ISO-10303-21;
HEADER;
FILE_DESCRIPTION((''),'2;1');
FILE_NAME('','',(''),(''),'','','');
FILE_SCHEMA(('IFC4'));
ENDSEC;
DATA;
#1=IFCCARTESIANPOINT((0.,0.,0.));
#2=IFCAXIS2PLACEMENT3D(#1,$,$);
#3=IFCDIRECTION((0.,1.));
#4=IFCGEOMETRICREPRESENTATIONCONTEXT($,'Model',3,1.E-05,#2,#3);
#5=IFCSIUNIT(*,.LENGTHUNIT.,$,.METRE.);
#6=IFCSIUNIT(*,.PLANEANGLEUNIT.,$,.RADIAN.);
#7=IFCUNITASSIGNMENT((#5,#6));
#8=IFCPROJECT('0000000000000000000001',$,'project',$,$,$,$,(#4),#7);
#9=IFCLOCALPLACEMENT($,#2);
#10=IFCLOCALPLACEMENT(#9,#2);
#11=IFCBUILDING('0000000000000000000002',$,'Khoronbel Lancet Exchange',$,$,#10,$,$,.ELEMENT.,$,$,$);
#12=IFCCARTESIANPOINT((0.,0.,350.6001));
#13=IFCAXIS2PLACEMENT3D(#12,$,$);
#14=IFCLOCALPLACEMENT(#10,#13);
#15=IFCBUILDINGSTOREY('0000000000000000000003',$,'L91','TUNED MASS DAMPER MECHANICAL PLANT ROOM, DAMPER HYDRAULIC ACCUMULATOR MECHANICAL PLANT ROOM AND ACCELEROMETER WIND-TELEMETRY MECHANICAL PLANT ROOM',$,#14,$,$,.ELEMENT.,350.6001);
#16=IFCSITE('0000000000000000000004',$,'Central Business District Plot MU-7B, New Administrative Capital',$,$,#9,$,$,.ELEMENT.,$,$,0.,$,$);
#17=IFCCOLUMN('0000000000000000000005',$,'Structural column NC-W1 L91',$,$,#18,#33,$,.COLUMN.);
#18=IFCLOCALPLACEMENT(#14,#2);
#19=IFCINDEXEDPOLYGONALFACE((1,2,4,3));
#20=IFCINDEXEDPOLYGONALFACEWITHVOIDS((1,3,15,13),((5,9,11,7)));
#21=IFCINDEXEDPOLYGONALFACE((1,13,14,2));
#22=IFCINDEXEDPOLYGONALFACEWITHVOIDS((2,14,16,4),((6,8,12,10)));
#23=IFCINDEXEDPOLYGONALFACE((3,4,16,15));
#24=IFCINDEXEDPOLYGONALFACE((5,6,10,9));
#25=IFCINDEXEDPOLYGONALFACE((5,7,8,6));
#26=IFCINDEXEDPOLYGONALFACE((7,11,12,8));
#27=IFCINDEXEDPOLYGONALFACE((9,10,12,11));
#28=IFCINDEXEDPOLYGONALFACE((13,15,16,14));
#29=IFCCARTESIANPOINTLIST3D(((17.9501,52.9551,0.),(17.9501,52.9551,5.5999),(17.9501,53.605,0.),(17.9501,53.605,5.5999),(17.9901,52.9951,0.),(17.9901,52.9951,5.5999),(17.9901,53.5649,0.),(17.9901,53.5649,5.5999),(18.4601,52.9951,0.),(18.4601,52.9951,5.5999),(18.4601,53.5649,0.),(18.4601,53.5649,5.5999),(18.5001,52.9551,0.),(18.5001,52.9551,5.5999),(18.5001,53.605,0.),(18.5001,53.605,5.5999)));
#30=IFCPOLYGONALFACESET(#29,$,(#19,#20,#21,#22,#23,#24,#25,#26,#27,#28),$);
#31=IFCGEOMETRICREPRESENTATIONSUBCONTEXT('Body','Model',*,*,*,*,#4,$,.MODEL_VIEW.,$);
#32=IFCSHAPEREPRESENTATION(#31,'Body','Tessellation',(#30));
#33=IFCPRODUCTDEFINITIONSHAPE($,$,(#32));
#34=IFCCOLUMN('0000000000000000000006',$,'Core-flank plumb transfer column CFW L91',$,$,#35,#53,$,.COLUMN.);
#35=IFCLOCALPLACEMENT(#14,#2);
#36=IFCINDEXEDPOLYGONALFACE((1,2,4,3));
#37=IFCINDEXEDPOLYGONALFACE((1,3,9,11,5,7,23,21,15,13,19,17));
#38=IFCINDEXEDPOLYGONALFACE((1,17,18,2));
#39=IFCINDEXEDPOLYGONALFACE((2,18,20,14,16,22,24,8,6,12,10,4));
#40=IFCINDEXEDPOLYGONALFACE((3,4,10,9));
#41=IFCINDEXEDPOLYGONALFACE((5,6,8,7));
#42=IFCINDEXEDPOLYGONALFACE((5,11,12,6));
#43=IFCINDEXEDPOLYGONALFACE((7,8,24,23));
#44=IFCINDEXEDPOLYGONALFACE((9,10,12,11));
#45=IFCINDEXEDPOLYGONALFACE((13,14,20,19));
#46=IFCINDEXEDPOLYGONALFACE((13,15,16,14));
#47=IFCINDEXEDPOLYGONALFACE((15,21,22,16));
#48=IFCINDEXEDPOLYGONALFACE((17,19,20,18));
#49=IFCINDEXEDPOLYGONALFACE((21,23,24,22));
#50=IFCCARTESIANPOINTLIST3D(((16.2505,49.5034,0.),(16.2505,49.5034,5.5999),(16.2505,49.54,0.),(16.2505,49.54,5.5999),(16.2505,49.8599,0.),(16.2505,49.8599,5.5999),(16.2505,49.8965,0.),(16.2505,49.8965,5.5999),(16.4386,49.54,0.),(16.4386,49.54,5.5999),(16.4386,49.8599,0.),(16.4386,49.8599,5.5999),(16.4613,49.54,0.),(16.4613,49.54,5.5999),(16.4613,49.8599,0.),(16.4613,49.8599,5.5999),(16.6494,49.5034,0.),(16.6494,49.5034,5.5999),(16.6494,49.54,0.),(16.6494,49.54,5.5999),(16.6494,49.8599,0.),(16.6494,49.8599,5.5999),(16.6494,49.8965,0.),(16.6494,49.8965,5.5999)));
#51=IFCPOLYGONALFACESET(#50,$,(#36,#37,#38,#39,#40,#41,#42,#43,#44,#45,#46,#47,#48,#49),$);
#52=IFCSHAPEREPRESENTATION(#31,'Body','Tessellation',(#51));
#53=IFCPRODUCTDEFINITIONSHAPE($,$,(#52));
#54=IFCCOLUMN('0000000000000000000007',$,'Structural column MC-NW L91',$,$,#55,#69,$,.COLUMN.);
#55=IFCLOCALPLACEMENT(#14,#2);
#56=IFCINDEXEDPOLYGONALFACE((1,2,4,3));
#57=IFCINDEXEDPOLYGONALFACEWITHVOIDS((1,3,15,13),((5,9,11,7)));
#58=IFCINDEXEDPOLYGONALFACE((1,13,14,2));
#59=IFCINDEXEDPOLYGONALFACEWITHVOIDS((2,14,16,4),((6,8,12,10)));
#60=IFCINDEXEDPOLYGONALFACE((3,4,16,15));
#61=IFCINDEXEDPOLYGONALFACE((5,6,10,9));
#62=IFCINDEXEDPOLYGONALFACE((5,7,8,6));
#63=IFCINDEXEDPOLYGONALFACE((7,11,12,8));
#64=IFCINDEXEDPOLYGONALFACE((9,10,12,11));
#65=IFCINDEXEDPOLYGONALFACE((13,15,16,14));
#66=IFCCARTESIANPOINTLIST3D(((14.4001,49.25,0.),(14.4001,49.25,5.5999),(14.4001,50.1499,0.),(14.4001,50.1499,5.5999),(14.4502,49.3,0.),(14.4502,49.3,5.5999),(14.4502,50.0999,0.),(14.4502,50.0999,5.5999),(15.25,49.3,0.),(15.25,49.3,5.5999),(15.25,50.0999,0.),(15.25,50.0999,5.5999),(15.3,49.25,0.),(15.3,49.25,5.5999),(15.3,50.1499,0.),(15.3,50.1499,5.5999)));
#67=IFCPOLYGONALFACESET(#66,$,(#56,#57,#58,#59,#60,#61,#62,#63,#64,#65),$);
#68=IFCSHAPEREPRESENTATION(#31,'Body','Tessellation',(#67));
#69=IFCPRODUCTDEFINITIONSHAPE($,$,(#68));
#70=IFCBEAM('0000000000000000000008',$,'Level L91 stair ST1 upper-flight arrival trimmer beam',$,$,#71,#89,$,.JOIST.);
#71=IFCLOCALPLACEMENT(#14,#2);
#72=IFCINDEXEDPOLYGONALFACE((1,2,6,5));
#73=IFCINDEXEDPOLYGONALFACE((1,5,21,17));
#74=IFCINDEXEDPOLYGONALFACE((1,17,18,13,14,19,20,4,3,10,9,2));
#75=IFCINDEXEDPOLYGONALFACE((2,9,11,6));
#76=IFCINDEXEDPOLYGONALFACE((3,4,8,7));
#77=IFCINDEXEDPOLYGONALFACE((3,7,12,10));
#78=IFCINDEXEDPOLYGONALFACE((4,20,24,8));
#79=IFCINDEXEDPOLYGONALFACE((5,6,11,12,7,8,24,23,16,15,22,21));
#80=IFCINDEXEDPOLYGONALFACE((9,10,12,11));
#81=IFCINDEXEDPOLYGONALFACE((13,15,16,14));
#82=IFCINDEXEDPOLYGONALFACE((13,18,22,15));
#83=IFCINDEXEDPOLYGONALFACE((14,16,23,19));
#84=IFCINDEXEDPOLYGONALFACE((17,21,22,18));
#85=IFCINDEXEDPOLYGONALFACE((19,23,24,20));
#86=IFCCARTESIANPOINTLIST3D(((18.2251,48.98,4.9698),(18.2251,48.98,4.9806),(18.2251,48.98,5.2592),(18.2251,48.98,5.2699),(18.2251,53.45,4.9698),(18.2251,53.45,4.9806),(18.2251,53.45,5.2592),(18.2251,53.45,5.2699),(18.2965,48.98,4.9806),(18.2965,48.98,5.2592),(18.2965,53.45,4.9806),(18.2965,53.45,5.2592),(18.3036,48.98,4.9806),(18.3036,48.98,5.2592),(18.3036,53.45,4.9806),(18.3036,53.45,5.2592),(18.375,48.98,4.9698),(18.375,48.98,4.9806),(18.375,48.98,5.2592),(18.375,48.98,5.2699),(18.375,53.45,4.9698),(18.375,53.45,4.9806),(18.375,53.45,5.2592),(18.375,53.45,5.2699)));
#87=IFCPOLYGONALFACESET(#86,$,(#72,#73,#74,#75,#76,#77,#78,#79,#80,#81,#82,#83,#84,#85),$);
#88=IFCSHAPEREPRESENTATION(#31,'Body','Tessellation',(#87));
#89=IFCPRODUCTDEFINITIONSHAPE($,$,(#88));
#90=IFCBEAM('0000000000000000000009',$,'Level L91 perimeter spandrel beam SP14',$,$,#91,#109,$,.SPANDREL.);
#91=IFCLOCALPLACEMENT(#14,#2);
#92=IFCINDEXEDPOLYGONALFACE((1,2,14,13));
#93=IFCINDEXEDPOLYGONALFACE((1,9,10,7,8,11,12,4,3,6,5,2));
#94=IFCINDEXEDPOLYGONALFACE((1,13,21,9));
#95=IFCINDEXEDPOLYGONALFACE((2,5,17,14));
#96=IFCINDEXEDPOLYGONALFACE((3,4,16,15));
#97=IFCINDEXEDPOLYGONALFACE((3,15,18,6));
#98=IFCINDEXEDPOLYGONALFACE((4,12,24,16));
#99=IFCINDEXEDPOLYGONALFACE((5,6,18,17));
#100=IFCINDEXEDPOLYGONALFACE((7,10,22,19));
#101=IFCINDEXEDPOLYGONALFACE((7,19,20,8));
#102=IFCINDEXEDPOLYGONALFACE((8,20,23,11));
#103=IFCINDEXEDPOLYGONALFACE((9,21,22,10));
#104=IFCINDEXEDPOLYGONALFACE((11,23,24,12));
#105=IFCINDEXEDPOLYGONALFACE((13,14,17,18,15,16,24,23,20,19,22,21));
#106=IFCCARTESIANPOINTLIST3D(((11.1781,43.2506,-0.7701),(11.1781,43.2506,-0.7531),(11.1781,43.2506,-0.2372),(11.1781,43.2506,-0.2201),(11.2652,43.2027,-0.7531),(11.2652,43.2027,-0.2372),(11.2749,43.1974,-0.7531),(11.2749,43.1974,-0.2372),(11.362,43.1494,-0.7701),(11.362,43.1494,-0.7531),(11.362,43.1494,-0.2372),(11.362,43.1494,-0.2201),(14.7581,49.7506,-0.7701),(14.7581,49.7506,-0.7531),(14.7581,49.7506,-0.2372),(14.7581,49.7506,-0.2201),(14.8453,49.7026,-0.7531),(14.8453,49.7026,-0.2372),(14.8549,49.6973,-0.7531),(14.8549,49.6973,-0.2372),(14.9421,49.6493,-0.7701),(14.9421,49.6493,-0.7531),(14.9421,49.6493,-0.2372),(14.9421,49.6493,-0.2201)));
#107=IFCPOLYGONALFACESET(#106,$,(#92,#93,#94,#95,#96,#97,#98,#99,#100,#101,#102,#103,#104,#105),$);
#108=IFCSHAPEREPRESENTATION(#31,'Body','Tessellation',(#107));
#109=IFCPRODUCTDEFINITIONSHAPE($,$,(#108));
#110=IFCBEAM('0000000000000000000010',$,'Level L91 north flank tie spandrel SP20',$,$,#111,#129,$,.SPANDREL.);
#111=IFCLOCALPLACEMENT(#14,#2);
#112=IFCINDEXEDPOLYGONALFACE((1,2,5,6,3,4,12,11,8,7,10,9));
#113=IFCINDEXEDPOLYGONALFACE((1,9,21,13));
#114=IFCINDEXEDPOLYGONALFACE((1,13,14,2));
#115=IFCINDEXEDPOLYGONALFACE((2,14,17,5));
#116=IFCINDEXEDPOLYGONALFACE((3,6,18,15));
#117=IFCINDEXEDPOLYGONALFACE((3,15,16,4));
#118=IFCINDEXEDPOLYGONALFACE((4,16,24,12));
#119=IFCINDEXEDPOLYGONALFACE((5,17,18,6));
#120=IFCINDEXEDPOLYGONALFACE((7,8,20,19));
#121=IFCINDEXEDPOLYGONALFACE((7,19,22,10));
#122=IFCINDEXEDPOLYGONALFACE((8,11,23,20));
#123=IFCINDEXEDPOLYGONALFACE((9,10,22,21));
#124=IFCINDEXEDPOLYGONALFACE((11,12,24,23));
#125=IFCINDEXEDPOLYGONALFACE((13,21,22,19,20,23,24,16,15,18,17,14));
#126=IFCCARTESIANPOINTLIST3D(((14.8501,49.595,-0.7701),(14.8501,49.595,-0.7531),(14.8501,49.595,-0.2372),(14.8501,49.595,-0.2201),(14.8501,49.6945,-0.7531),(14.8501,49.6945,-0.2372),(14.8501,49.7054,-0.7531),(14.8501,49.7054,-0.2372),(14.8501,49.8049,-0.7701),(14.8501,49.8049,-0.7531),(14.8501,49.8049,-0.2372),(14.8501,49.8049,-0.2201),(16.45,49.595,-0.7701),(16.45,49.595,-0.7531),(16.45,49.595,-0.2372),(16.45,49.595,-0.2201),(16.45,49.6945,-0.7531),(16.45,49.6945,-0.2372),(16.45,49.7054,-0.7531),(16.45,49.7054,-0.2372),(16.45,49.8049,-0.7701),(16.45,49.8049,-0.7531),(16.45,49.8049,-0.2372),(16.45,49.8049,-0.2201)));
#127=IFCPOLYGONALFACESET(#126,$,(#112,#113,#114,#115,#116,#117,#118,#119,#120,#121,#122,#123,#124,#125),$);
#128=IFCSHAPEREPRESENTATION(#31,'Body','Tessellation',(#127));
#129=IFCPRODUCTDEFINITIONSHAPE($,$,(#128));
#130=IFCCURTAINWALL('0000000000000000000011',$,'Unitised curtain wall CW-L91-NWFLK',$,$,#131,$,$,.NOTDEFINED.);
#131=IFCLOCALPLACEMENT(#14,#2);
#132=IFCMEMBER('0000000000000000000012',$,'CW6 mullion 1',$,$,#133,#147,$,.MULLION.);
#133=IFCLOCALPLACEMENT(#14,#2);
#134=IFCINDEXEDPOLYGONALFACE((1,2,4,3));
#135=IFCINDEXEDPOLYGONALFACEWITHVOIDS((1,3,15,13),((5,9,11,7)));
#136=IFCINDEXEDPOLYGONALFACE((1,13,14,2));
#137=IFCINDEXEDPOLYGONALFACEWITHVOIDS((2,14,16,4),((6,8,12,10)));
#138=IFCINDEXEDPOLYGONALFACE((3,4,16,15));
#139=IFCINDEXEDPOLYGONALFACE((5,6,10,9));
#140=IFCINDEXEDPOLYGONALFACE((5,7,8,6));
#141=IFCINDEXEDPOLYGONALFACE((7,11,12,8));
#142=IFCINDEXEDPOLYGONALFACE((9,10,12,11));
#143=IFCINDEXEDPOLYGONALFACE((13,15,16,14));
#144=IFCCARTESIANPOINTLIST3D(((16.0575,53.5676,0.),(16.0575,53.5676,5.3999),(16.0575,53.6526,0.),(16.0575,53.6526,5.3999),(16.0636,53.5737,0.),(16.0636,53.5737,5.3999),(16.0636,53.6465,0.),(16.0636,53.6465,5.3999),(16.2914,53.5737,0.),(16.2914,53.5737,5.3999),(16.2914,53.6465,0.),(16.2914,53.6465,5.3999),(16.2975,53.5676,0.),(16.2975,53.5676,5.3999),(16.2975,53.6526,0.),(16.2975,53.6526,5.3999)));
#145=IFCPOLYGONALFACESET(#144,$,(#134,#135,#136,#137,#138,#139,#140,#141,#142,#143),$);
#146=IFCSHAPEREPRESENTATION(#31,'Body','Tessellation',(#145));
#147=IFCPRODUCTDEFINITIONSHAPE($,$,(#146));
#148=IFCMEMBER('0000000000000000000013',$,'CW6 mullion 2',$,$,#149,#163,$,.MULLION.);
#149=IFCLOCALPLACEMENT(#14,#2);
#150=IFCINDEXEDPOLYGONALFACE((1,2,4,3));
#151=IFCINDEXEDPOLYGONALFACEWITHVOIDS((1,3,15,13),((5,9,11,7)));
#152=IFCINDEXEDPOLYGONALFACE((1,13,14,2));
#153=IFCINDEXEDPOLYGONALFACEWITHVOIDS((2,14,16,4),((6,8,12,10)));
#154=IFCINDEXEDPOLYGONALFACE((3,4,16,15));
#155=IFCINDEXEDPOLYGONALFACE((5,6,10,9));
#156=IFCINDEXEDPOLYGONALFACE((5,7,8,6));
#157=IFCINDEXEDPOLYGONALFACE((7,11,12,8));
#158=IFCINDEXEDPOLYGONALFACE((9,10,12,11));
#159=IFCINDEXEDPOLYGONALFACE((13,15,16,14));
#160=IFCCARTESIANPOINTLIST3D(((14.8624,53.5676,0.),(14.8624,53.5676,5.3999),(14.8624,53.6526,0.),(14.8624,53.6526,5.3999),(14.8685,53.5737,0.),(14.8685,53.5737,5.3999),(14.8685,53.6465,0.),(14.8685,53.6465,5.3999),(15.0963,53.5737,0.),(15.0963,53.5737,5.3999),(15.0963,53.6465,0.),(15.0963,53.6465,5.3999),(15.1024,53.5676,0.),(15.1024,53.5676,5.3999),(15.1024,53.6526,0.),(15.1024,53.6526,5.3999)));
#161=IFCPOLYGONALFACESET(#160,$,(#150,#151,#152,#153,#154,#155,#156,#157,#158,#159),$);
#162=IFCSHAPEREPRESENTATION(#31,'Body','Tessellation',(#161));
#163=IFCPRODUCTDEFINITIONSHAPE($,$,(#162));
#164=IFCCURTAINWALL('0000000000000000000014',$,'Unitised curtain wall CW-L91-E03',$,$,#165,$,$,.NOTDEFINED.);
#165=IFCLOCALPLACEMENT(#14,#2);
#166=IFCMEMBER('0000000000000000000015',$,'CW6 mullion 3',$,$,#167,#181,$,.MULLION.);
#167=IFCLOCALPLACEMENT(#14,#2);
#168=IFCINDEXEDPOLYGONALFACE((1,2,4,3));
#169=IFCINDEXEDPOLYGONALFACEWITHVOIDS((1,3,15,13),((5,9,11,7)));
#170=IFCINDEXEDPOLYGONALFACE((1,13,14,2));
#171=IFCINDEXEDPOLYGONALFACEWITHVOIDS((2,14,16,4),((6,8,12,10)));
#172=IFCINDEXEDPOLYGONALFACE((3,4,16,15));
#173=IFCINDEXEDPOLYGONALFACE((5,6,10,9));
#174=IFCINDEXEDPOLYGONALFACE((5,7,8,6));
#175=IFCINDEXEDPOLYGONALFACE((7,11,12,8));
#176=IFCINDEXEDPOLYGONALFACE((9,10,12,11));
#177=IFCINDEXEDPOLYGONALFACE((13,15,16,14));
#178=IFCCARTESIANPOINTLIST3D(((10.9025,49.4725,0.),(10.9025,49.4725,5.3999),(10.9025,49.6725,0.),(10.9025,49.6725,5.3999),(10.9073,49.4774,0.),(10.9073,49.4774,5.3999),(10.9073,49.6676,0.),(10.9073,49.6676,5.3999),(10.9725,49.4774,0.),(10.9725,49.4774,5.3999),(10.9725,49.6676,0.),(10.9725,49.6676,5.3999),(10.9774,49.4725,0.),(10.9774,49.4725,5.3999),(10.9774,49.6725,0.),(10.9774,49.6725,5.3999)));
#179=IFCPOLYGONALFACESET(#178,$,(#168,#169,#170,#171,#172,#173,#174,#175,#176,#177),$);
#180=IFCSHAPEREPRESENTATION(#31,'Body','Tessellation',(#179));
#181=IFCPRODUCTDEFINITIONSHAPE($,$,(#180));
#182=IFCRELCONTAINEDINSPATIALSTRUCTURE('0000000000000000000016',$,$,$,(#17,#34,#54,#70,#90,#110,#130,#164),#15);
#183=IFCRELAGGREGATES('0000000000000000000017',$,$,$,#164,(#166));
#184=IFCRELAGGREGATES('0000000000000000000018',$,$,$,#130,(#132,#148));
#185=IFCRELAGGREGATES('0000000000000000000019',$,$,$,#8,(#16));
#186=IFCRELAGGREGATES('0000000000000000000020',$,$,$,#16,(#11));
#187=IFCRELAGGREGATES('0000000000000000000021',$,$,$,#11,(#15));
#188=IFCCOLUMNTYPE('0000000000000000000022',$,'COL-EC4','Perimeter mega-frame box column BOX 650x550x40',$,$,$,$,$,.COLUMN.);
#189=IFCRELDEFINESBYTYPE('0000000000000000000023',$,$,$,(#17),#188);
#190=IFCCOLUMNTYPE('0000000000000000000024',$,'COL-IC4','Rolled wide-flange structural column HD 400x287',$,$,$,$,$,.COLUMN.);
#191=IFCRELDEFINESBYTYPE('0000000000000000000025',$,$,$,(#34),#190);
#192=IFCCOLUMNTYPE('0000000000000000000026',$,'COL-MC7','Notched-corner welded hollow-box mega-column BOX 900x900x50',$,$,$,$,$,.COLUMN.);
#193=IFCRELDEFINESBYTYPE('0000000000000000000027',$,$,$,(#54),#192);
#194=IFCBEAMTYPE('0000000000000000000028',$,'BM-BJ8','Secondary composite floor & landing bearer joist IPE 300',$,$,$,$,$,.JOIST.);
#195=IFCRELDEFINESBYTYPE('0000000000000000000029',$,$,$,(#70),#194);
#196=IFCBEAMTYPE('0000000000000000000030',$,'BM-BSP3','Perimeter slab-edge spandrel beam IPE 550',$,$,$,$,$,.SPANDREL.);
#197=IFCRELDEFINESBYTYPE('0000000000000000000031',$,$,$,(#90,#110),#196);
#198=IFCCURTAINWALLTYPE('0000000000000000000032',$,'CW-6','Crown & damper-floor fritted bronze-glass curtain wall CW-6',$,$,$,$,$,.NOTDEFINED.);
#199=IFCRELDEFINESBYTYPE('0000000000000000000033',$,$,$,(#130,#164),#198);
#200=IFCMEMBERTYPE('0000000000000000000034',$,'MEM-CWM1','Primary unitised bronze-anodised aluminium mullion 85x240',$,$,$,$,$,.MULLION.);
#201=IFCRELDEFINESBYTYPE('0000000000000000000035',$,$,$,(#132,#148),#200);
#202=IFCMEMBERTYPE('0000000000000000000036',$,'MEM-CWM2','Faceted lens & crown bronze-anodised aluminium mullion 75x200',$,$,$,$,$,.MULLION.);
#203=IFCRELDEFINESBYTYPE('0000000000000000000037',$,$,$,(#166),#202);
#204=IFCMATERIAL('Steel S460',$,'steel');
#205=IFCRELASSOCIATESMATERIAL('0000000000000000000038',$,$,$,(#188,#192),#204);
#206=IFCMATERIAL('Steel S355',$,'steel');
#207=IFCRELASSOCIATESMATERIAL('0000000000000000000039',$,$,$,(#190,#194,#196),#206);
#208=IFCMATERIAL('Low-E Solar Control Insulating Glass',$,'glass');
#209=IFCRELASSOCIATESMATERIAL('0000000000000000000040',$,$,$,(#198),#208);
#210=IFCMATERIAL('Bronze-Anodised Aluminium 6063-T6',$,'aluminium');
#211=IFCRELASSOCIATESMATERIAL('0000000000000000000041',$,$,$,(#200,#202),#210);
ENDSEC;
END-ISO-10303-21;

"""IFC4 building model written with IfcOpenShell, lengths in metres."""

from ifc_helpers import new_model, si_unit, direction, frame, origin, origin_2d, place, context, subcontext, project, spatial, hollow_rectangle, i_section, extrude, material, material_profile, profile_set, type_object, element, aggregate, save


model = new_model("IFC4")

# Units and contexts
model_context = context("Model", 3, precision=1e-05, world=origin(), true_north=direction((0.0, 1.0)))
body_context = subcontext(model_context, "Body", "Model", "MODEL_VIEW")
ifc_project = project(units=[si_unit("LENGTHUNIT", "METRE"), si_unit("PLANEANGLEUNIT", "RADIAN")], contexts=[model_context])

# Site, building, storey
site_placement = place(None, origin())
site = spatial("IfcSite", under=ifc_project, at=site_placement, Name="Central Business District Plot MU-7B, New Administrative Capital", CompositionType="ELEMENT", RefElevation=0.0)
building_placement = place(site_placement, origin())
building = spatial("IfcBuilding", under=site, at=building_placement, Name="Khoronbel Lancet Exchange", CompositionType="ELEMENT")
storey_placement = place(building_placement, frame((0.0, 0.0, 350.6001)))
storey = spatial("IfcBuildingStorey", under=building, at=storey_placement, Name="L91", Description="TUNED MASS DAMPER MECHANICAL PLANT ROOM, DAMPER HYDRAULIC ACCUMULATOR MECHANICAL PLANT ROOM AND ACCELEROMETER WIND-TELEMETRY MECHANICAL PLANT ROOM", CompositionType="ELEMENT", Elevation=350.6001)

# Columns
ifc_material_1 = material(Name="Steel S460", Category="steel")
ifc_material_profile_1 = material_profile(ifc_material_1, hollow_rectangle(XDim=0.55, YDim=0.6499, WallThickness=0.04, at=origin_2d()), Name="BOX 650x550x40")
ifc_profile_set_1 = profile_set([ifc_material_profile_1], Name="Steel S460")
column_type_1 = type_object("IfcColumnType", Name="COL-EC4", Description="Perimeter mega-frame box column BOX 650x550x40", PredefinedType="COLUMN", material=ifc_profile_set_1)
column_1_placement = place(storey_placement, frame((18.2251, 53.28, 0.0), z_axis=(0.0, 0.0, 1.0), x_axis=(1.0, 0.0, 0.0)))
element("IfcColumn", 1, at=column_1_placement, inside=storey, type_object=column_type_1, Name="Structural column NC-W1 L91", PredefinedType="COLUMN", context=body_context, shape_type="SweptSolid", body=[
    extrude(hollow_rectangle(XDim=0.55, YDim=0.6499, WallThickness=0.04, at=origin_2d()), origin(), (0.0, 0.0, 1.0), 5.5999),
])
ifc_material_2 = material(Name="Steel S355", Category="steel")
ifc_material_profile_2 = material_profile(ifc_material_2, i_section(OverallWidth=0.3989, OverallDepth=0.3931, WebThickness=0.0227, FlangeThickness=0.0366, at=origin_2d()), Name="HD 400x287")
ifc_profile_set_2 = profile_set([ifc_material_profile_2], Name="Steel S355")
column_type_2 = type_object("IfcColumnType", Name="COL-IC4", Description="Rolled wide-flange structural column HD 400x287", PredefinedType="COLUMN", material=ifc_profile_set_2)
column_2_placement = place(storey_placement, frame((16.45, 49.7, 0.0), z_axis=(0.0, 0.0, 1.0), x_axis=(1.0, 0.0, 0.0)))
element("IfcColumn", 2, at=column_2_placement, inside=storey, type_object=column_type_2, Name="Core-flank plumb transfer column CFW L91", PredefinedType="COLUMN", context=body_context, shape_type="SweptSolid", body=[
    extrude(i_section(OverallWidth=0.3989, OverallDepth=0.3931, WebThickness=0.0227, FlangeThickness=0.0366, at=origin_2d()), origin(), (0.0, 0.0, 1.0), 5.5999),
])
ifc_material_profile_3 = material_profile(ifc_material_1, hollow_rectangle(XDim=0.8999, YDim=0.8999, WallThickness=0.05, at=origin_2d()), Name="BOX 900x900x50")
ifc_profile_set_3 = profile_set([ifc_material_profile_3], Name="Steel S460")
column_type_3 = type_object("IfcColumnType", Name="COL-MC7", Description="Notched-corner welded hollow-box mega-column BOX 900x900x50", PredefinedType="COLUMN", material=ifc_profile_set_3)
column_3_placement = place(storey_placement, frame((14.8501, 49.7, 0.0), z_axis=(0.0, 0.0, 1.0), x_axis=(1.0, 0.0, 0.0)))
element("IfcColumn", 3, at=column_3_placement, inside=storey, type_object=column_type_3, Name="Structural column MC-NW L91", PredefinedType="COLUMN", context=body_context, shape_type="SweptSolid", body=[
    extrude(hollow_rectangle(XDim=0.8999, YDim=0.8999, WallThickness=0.05, at=origin_2d()), origin(), (0.0, 0.0, 1.0), 5.5999),
])

# Beams
ifc_material_profile_4 = material_profile(ifc_material_2, i_section(OverallWidth=0.1499, OverallDepth=0.3, WebThickness=0.0071, FlangeThickness=0.0107, at=origin_2d()), Name="IPE 300")
ifc_profile_set_4 = profile_set([ifc_material_profile_4], Name="Steel S355")
beam_type_1 = type_object("IfcBeamType", Name="BM-BJ8", Description="Secondary composite floor & landing bearer joist IPE 300", PredefinedType="JOIST", material=ifc_profile_set_4)
beam_1_placement = place(storey_placement, frame((18.3, 48.98, 5.1199), z_axis=(0.0, 1.0, 0.0), x_axis=(-1.0, 0.0, 0.0)))
element("IfcBeam", 4, at=beam_1_placement, inside=storey, type_object=beam_type_1, Name="Level L91 stair ST1 upper-flight arrival trimmer beam", PredefinedType="JOIST", context=body_context, shape_type="SweptSolid", body=[
    extrude(i_section(OverallWidth=0.1499, OverallDepth=0.3, WebThickness=0.0071, FlangeThickness=0.0107, at=origin_2d()), origin(), (0.0, 0.0, 1.0), 4.47),
])
ifc_material_profile_5 = material_profile(ifc_material_2, i_section(OverallWidth=0.21, OverallDepth=0.55, WebThickness=0.011, FlangeThickness=0.0171, at=origin_2d()), Name="IPE 550")
ifc_profile_set_5 = profile_set([ifc_material_profile_5], Name="Steel S355")
beam_type_2 = type_object("IfcBeamType", Name="BM-BSP3", Description="Perimeter slab-edge spandrel beam IPE 550", PredefinedType="SPANDREL", material=ifc_profile_set_5)
beam_2_placement = place(storey_placement, frame((14.8501, 49.7, -0.4951), z_axis=(-0.482444, -0.875927, 0.0), x_axis=(0.875927, -0.482444, 0.0)))
element("IfcBeam", 5, at=beam_2_placement, inside=storey, type_object=beam_type_2, Name="Level L91 perimeter spandrel beam SP14", PredefinedType="SPANDREL", context=body_context, shape_type="SweptSolid", body=[
    extrude(i_section(OverallWidth=0.21, OverallDepth=0.55, WebThickness=0.011, FlangeThickness=0.0171, at=origin_2d()), origin(), (0.0, 0.0, 1.0), 7.4207),
])
beam_3_placement = place(storey_placement, frame((14.8501, 49.7, -0.4951), z_axis=(1.0, 0.0, 0.0), x_axis=(0.0, 1.0, 0.0)))
element("IfcBeam", 6, at=beam_3_placement, inside=storey, type_object=beam_type_2, Name="Level L91 north flank tie spandrel SP20", PredefinedType="SPANDREL", context=body_context, shape_type="SweptSolid", body=[
    extrude(i_section(OverallWidth=0.21, OverallDepth=0.55, WebThickness=0.011, FlangeThickness=0.0171, at=origin_2d()), origin(), (0.0, 0.0, 1.0), 1.5999),
])

# Curtain wall, members
ifc_material_3 = material(Name="Low-E Solar Control Insulating Glass", Category="glass")
curtain_wall_type = type_object("IfcCurtainWallType", Name="CW-6", Description="Crown & damper-floor fritted bronze-glass curtain wall CW-6", PredefinedType="NOTDEFINED", material=ifc_material_3)
curtain_wall_1_placement = place(storey_placement, origin())
curtain_wall_1 = element("IfcCurtainWall", 7, at=curtain_wall_1_placement, inside=storey, type_object=curtain_wall_type, Name="Unitised curtain wall CW-L91-NWFLK", PredefinedType="NOTDEFINED")
ifc_material_4 = material(Name="Bronze-Anodised Aluminium 6063-T6", Category="aluminium")
ifc_material_profile_6 = material_profile(ifc_material_4, hollow_rectangle(XDim=0.085, YDim=0.24, WallThickness=0.0061, at=origin_2d()), Name="ALU MULLION 85x240")
ifc_profile_set_6 = profile_set([ifc_material_profile_6], Name="Bronze-Anodised Aluminium 6063-T6")
member_type_1 = type_object("IfcMemberType", Name="MEM-CWM1", Description="Primary unitised bronze-anodised aluminium mullion 85x240", PredefinedType="MULLION", material=ifc_profile_set_6)
member_1_placement = place(storey_placement, frame((16.1775, 53.6101, 0.0), z_axis=(0.0, 0.0, 1.0), x_axis=(0.0, -1.0, 0.0)))
member_1 = element("IfcMember", 8, at=member_1_placement, type_object=member_type_1, Name="CW6 mullion 1", PredefinedType="MULLION", context=body_context, shape_type="SweptSolid", body=[
    extrude(hollow_rectangle(XDim=0.085, YDim=0.24, WallThickness=0.0061, at=origin_2d()), origin(), (0.0, 0.0, 1.0), 5.3999),
])
member_2_placement = place(storey_placement, frame((14.9824, 53.6101, 0.0), z_axis=(0.0, 0.0, 1.0), x_axis=(0.0, -1.0, 0.0)))
member_2 = element("IfcMember", 9, at=member_2_placement, type_object=member_type_1, Name="CW6 mullion 2", PredefinedType="MULLION", context=body_context, shape_type="SweptSolid", body=[
    extrude(hollow_rectangle(XDim=0.085, YDim=0.24, WallThickness=0.0061, at=origin_2d()), origin(), (0.0, 0.0, 1.0), 5.3999),
])

# Curtain wall, member
curtain_wall_2_placement = place(storey_placement, origin())
curtain_wall_2 = element("IfcCurtainWall", 10, at=curtain_wall_2_placement, inside=storey, type_object=curtain_wall_type, Name="Unitised curtain wall CW-L91-E03", PredefinedType="NOTDEFINED")
ifc_material_profile_7 = material_profile(ifc_material_4, hollow_rectangle(XDim=0.075, YDim=0.2, WallThickness=0.0049, at=origin_2d()), Name="ALU MULLION 75x200")
ifc_profile_set_7 = profile_set([ifc_material_profile_7], Name="Bronze-Anodised Aluminium 6063-T6")
member_type_2 = type_object("IfcMemberType", Name="MEM-CWM2", Description="Faceted lens & crown bronze-anodised aluminium mullion 75x200", PredefinedType="MULLION", material=ifc_profile_set_7)
member_3_placement = place(storey_placement, frame((10.9399, 49.5725, 0.0), z_axis=(0.0, 0.0, 1.0), x_axis=(-1.0, 0.0, 0.0)))
member_3 = element("IfcMember", 11, at=member_3_placement, type_object=member_type_2, Name="CW6 mullion 3", PredefinedType="MULLION", context=body_context, shape_type="SweptSolid", body=[
    extrude(hollow_rectangle(XDim=0.075, YDim=0.2, WallThickness=0.0049, at=origin_2d()), origin(), (0.0, 0.0, 1.0), 5.3999),
])
aggregate(curtain_wall_2, [member_3])

aggregate(curtain_wall_1, [member_1, member_2])

save(model, "model.ifc")
